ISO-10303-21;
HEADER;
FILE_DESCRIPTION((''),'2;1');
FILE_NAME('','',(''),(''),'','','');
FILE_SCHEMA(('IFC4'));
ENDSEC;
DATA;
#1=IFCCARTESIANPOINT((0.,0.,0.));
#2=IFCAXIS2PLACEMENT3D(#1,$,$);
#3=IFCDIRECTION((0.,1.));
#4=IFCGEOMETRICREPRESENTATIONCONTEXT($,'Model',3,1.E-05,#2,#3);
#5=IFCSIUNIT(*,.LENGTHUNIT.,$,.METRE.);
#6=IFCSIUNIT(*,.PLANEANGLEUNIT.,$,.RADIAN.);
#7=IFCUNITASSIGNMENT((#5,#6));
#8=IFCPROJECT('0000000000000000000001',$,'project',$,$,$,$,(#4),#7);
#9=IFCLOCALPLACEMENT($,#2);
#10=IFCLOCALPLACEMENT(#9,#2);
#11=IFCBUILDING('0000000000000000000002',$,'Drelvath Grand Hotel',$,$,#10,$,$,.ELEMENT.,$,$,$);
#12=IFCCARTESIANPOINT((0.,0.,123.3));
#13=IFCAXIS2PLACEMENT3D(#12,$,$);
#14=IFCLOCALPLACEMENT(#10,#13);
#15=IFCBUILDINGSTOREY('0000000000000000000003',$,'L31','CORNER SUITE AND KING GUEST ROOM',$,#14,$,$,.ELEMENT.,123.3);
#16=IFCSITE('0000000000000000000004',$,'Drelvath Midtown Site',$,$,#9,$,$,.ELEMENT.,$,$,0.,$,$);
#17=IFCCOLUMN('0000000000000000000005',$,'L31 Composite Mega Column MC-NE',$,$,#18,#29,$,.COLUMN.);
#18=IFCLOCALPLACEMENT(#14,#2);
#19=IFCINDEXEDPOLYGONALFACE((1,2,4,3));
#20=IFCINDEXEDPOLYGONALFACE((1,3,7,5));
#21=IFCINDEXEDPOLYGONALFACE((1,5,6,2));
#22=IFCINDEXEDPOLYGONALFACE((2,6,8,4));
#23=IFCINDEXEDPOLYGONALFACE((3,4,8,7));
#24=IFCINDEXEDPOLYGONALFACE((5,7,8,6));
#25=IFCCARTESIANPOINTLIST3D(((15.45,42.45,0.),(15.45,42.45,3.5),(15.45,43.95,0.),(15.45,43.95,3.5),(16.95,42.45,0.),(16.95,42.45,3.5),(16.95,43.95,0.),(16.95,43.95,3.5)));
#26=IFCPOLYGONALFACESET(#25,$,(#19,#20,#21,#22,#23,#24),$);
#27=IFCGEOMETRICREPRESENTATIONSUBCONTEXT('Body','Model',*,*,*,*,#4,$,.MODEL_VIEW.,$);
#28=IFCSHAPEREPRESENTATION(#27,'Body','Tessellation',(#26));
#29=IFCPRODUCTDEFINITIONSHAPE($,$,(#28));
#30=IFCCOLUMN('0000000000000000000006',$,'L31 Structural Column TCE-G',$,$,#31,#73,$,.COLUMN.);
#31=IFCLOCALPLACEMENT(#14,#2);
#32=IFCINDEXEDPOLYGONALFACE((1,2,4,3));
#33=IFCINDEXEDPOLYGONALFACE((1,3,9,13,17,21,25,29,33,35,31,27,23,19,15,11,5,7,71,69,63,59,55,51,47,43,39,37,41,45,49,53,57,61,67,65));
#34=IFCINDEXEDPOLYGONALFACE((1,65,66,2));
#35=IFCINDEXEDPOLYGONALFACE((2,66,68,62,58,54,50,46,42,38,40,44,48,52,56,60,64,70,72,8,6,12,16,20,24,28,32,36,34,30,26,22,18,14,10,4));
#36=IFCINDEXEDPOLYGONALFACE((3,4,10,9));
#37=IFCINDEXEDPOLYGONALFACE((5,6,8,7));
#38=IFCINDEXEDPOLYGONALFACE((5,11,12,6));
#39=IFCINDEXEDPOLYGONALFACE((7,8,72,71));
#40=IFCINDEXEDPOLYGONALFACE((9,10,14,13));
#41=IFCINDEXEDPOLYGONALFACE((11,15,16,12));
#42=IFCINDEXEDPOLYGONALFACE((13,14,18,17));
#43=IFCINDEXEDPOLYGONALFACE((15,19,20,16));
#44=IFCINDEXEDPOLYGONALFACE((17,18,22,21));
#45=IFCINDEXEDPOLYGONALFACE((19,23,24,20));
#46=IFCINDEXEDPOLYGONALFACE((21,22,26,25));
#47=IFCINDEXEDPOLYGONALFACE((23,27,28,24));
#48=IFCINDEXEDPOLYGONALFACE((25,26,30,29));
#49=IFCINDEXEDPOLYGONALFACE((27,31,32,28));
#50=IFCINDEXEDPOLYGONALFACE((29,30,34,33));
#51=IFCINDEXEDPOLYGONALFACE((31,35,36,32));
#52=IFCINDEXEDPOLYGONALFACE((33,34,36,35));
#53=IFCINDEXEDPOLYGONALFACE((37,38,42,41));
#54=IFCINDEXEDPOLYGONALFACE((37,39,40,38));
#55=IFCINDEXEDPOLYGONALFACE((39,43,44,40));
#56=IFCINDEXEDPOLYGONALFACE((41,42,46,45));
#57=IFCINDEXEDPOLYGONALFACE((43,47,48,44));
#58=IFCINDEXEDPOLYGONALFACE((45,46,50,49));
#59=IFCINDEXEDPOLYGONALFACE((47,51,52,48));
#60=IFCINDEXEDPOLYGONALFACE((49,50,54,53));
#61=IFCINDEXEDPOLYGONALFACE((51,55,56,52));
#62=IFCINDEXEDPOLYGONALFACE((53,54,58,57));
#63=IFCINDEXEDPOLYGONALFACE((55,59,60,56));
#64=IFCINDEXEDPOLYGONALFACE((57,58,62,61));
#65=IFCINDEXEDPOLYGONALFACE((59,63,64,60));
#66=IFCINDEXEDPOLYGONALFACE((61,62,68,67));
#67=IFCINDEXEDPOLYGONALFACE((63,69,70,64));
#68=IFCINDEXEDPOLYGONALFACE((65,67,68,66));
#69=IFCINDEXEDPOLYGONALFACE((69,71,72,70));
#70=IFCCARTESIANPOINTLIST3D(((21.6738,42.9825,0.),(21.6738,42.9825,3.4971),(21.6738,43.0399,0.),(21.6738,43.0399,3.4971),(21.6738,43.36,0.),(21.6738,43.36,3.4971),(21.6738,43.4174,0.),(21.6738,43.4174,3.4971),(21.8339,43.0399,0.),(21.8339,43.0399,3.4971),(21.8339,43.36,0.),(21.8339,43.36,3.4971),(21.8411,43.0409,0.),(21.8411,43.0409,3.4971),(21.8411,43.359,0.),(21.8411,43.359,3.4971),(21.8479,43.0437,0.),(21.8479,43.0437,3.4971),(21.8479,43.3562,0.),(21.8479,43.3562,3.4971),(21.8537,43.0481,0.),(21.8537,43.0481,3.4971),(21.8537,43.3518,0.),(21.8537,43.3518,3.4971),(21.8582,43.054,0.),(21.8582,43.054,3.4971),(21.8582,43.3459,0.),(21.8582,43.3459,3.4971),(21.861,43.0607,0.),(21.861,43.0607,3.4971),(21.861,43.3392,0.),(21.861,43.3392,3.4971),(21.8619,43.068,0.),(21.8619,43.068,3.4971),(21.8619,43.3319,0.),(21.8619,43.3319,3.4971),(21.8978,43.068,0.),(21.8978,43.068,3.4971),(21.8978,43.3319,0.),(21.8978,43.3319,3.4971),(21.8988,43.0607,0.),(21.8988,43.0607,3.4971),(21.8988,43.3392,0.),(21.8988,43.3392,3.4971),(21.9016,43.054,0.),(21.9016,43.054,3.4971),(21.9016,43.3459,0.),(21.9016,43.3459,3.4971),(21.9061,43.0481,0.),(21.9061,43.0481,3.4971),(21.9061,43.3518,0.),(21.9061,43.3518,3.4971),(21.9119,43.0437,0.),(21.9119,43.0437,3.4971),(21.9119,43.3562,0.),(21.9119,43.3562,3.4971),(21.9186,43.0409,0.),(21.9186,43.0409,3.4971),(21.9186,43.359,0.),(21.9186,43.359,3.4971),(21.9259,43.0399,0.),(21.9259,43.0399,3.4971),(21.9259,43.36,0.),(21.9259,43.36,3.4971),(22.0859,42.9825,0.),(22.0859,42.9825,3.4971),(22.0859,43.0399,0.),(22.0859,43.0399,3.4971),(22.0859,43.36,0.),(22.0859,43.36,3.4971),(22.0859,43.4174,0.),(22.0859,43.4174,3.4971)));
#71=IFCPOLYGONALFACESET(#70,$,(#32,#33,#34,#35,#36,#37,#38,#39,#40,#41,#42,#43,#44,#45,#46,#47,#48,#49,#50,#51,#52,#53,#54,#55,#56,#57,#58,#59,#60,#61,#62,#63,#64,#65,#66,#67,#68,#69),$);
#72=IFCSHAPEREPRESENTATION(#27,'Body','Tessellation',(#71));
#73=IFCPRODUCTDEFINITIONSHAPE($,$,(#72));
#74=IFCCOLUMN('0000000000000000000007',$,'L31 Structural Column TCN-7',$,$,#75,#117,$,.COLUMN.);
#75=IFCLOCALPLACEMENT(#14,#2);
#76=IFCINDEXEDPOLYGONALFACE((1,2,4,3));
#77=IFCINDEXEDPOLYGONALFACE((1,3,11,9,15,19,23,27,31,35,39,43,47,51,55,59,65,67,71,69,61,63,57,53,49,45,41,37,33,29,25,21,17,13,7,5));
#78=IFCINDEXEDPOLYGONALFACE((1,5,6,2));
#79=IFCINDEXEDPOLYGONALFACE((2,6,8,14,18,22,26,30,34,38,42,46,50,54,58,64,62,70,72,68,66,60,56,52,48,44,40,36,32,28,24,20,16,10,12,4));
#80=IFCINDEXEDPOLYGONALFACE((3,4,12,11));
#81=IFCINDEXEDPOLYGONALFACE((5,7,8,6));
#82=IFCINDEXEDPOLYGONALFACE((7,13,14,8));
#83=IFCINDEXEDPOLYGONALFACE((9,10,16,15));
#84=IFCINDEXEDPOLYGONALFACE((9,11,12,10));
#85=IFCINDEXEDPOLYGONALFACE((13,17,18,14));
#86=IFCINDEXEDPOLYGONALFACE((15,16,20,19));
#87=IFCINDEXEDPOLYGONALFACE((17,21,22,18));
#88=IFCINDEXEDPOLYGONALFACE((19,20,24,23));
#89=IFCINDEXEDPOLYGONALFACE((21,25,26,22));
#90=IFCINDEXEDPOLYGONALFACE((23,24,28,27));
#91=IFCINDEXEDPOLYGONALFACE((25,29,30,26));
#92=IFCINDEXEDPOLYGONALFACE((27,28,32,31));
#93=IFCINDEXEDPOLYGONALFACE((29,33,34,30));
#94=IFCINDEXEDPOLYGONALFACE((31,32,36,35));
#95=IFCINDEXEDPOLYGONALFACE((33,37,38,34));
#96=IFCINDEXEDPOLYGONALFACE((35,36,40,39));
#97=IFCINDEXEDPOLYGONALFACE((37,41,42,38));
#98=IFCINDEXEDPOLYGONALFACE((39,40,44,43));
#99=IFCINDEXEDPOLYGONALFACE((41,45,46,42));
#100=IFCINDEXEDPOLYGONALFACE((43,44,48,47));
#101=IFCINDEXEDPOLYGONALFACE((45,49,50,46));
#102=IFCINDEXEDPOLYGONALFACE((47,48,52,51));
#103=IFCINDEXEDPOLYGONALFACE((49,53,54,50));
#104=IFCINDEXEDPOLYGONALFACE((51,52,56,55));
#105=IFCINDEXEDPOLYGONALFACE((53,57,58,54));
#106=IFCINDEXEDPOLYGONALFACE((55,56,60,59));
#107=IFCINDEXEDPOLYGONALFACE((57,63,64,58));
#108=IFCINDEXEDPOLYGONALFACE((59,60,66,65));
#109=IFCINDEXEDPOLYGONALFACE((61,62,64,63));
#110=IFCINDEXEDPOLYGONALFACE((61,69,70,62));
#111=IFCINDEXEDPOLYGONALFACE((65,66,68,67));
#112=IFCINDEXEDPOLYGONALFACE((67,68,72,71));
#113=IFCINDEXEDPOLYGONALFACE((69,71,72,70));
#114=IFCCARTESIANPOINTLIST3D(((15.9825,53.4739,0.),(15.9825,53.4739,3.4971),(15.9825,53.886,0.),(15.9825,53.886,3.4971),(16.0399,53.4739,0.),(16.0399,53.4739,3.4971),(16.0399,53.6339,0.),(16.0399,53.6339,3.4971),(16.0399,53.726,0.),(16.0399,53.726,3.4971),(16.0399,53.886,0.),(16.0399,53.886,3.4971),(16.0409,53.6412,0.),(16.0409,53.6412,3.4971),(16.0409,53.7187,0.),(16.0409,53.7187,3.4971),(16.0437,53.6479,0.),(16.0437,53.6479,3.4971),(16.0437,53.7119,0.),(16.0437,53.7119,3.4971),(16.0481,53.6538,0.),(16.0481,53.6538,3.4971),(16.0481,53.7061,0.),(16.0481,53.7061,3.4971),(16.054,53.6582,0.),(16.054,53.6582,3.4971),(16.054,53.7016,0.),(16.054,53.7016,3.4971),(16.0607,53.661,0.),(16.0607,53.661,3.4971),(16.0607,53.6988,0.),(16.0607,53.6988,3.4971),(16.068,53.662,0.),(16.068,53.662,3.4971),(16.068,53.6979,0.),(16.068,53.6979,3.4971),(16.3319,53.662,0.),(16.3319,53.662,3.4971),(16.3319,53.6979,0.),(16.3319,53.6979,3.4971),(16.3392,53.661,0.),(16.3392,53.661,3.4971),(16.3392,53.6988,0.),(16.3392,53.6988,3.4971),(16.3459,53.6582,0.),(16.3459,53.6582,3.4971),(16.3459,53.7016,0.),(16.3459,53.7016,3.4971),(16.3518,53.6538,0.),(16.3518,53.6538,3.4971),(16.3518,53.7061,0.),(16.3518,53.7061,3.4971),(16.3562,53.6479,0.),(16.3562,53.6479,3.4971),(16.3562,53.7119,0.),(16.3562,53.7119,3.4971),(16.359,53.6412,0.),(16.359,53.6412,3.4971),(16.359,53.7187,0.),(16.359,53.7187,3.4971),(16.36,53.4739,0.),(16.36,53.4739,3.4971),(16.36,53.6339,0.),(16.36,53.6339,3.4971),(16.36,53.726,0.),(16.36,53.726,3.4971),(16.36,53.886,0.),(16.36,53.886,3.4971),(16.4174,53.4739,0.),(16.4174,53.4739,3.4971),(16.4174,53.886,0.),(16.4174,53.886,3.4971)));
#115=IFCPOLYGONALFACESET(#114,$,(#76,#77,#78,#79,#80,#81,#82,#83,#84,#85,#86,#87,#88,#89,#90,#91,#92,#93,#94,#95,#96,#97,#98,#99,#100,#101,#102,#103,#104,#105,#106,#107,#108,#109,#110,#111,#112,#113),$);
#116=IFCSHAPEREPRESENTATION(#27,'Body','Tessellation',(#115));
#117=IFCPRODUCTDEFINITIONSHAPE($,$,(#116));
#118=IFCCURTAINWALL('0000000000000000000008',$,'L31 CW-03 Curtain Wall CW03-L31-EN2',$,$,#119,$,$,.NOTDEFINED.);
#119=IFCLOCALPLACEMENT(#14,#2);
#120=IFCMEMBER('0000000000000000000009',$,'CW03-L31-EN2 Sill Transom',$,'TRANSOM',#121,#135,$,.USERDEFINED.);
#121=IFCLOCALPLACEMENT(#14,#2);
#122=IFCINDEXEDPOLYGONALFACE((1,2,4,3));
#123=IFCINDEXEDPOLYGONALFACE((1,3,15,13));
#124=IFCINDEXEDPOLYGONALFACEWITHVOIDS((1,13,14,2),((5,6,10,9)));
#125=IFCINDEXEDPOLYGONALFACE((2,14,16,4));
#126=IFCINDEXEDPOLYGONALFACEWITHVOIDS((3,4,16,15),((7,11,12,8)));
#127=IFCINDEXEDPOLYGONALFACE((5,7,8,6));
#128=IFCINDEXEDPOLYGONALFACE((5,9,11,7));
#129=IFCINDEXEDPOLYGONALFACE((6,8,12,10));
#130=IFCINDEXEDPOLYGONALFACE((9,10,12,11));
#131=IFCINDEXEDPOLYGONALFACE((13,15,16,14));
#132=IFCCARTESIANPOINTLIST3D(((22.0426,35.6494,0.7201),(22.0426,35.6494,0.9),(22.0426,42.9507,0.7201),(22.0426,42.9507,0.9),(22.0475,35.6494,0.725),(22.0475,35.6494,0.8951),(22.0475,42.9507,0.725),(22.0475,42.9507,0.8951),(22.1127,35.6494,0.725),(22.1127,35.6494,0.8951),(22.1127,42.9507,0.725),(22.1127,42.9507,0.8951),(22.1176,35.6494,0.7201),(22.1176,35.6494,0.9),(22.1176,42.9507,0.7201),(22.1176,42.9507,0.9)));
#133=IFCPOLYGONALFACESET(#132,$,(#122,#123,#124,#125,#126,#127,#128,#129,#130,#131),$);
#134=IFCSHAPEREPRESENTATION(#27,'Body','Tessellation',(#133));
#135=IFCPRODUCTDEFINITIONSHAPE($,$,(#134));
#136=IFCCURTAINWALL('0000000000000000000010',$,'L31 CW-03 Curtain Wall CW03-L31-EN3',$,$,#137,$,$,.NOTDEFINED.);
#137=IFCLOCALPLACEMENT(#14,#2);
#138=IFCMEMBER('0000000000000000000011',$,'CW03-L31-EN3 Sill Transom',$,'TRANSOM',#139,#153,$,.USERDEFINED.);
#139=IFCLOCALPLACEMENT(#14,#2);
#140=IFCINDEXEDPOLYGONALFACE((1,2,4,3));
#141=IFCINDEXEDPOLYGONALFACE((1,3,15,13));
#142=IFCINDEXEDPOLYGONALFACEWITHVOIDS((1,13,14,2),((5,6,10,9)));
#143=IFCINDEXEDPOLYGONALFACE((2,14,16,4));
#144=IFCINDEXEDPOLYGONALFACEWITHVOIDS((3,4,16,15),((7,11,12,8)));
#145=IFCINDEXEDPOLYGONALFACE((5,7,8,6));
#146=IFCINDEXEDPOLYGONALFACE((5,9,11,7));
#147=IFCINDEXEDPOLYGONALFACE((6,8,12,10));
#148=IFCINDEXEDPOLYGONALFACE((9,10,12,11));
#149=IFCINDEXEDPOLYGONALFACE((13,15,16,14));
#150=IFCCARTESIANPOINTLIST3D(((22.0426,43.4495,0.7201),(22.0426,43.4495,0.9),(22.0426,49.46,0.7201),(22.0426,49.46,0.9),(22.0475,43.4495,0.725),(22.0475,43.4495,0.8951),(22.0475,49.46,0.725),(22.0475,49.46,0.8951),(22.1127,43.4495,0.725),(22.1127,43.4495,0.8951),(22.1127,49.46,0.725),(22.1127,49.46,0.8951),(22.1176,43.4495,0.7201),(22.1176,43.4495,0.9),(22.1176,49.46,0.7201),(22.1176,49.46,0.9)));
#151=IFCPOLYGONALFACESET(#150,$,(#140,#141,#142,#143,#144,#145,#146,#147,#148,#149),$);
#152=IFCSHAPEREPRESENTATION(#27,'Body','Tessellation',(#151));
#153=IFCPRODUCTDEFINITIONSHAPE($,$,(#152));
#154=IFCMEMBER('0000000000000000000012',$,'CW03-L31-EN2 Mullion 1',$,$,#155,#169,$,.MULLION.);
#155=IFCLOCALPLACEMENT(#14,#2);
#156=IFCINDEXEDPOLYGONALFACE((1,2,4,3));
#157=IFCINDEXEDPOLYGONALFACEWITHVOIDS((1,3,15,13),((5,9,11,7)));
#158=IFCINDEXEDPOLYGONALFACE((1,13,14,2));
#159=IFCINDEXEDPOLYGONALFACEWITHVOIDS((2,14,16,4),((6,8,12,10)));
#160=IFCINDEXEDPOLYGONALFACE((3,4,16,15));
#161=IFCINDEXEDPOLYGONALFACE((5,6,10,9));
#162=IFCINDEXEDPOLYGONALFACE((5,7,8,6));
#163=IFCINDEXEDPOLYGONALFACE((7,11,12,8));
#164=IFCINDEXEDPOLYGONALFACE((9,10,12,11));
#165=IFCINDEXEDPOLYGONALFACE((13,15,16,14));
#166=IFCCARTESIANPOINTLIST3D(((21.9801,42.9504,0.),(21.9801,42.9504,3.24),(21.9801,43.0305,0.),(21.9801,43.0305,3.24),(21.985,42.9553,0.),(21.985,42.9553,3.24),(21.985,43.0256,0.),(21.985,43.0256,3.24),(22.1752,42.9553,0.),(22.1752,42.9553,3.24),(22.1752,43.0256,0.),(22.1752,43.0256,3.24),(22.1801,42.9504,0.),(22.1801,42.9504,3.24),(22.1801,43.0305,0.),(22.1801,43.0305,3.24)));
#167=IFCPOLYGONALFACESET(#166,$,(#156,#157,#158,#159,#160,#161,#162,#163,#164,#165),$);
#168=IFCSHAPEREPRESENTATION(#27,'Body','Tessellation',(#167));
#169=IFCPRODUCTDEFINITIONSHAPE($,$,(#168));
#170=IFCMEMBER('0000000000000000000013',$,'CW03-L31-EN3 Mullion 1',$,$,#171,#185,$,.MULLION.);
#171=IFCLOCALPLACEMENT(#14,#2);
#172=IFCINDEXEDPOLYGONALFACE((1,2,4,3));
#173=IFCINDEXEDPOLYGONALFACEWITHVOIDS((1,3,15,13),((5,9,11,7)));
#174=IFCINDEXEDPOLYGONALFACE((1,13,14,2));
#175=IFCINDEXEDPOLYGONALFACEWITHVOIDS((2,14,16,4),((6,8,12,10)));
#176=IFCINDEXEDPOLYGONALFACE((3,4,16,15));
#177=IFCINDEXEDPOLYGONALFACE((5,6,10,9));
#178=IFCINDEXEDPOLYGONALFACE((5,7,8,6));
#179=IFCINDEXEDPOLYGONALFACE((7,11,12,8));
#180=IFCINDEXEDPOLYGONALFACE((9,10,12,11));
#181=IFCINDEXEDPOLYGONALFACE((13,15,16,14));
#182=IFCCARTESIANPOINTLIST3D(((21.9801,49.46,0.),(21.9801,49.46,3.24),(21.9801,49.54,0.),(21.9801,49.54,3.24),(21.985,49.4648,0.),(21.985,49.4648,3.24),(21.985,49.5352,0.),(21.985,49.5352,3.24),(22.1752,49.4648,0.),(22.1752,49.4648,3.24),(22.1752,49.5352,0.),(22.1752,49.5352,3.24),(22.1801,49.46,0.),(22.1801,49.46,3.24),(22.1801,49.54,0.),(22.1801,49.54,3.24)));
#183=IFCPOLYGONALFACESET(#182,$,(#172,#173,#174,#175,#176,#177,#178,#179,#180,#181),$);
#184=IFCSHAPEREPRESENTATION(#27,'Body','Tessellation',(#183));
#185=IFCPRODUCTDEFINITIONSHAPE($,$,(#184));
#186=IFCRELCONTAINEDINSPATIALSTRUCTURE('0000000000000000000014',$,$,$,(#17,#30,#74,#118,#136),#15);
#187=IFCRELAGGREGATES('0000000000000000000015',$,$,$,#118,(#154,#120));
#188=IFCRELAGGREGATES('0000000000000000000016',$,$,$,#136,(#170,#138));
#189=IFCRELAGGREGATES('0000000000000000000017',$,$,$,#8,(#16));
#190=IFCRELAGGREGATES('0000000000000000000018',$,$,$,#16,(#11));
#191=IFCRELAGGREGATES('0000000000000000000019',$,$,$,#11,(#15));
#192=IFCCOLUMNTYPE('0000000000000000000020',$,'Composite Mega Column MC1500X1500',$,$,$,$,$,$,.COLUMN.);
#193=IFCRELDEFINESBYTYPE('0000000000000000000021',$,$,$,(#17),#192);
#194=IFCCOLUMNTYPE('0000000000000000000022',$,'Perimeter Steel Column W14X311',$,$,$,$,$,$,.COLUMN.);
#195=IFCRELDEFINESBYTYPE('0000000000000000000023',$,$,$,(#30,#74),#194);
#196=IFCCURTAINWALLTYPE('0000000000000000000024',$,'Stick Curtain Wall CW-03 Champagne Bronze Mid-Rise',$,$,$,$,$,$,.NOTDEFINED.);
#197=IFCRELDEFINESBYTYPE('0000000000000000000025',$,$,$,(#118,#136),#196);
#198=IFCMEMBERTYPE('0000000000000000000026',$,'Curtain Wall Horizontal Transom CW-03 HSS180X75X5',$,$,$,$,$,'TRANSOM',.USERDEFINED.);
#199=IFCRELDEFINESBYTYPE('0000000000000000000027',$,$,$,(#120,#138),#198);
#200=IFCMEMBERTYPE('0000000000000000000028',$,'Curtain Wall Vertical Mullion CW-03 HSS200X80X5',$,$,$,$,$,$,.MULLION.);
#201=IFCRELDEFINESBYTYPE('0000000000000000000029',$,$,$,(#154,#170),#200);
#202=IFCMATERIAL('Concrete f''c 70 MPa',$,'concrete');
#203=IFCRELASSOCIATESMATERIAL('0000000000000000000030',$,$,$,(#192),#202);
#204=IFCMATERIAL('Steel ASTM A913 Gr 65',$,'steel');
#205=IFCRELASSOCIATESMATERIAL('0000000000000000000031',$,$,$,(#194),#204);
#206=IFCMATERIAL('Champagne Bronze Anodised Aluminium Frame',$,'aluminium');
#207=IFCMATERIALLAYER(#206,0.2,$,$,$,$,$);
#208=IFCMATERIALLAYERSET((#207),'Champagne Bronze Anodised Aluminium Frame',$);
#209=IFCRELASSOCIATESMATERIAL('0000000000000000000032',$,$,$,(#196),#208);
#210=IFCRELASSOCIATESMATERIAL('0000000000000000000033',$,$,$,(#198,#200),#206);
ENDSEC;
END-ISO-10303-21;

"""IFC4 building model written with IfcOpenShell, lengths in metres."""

from ifc_helpers import new_model, si_unit, direction, frame, origin, origin_2d, place, context, subcontext, project, spatial, rectangle, hollow_rectangle, i_section, extrude, material, layer, layer_set, material_profile, profile_set, type_object, element, aggregate, save


model = new_model("IFC4")

# Units and contexts
model_context = context("Model", 3, precision=1e-05, world=origin(), true_north=direction((0.0, 1.0)))
body_context = subcontext(model_context, "Body", "Model", "MODEL_VIEW")
ifc_project = project(units=[si_unit("LENGTHUNIT", "METRE"), si_unit("PLANEANGLEUNIT", "RADIAN")], contexts=[model_context])

# Site, building, storey
site_placement = place(None, origin())
site = spatial("IfcSite", under=ifc_project, at=site_placement, Name="Drelvath Midtown Site", CompositionType="ELEMENT", RefElevation=0.0)
building_placement = place(site_placement, origin())
building = spatial("IfcBuilding", under=site, at=building_placement, Name="Drelvath Grand Hotel", CompositionType="ELEMENT")
storey_placement = place(building_placement, frame((0.0, 0.0, 123.3)))
storey = spatial("IfcBuildingStorey", under=building, at=storey_placement, Name="L31", Description="CORNER SUITE AND KING GUEST ROOM", CompositionType="ELEMENT", Elevation=123.3)

# Columns
ifc_material_1 = material(Name="Concrete f'c 70 MPa", Category="concrete")
ifc_material_profile_1 = material_profile(ifc_material_1, rectangle(XDim=1.5, YDim=1.5, at=origin_2d()), Name="MC1500X1500")
ifc_profile_set_1 = profile_set([ifc_material_profile_1], Name="Concrete f'c 70 MPa")
column_type_1 = type_object("IfcColumnType", Name="Composite Mega Column MC1500X1500", PredefinedType="COLUMN", material=ifc_profile_set_1)
column_placement = place(storey_placement, frame((16.2, 43.2, 0.0), z_axis=(0.0, 0.0, 1.0), x_axis=(1.0, 0.0, 0.0)))
element("IfcColumn", 1, at=column_placement, inside=storey, type_object=column_type_1, Name="L31 Composite Mega Column MC-NE", PredefinedType="COLUMN", context=body_context, shape_type="SweptSolid", body=[
    extrude(rectangle(XDim=1.5, YDim=1.5, at=origin_2d()), origin(), (0.0, 0.0, 1.0), 3.5),
])
ifc_material_2 = material(Name="Steel ASTM A913 Gr 65", Category="steel")
ifc_material_profile_2 = material_profile(ifc_material_2, i_section(OverallWidth=0.4121, OverallDepth=0.4348, WebThickness=0.0359, FlangeThickness=0.0574, FilletRadius=0.0281, at=origin_2d()), Name="W14X311")
ifc_profile_set_2 = profile_set([ifc_material_profile_2], Name="Steel ASTM A913 Gr 65")
column_type_2 = type_object("IfcColumnType", Name="Perimeter Steel Column W14X311", PredefinedType="COLUMN", material=ifc_profile_set_2)
for number, where, z_axis, x_axis, name in (
    (2, (21.8799, 43.2, 0.0), (0.0, 0.0, 1.0), (1.0, 0.0, 0.0), "L31 Structural Column TCE-G"),
    (3, (16.2, 53.6799, 0.0), (0.0, 0.0, 1.0), (0.0, 1.0, 0.0), "L31 Structural Column TCN-7"),
):
    element("IfcColumn", number, at=place(storey_placement, frame(where, z_axis=z_axis, x_axis=x_axis)), inside=storey, type_object=column_type_2, Name=name, PredefinedType="COLUMN", context=body_context, shape_type="SweptSolid", body=[
        extrude(i_section(OverallWidth=0.4121, OverallDepth=0.4348, WebThickness=0.0359, FlangeThickness=0.0574, FilletRadius=0.0281, at=origin_2d()), origin(), (0.0, 0.0, 1.0), 3.4971),
    ])

# Curtain walls, members
ifc_material_3 = material(Name="Champagne Bronze Anodised Aluminium Frame", Category="aluminium")
ifc_layer_1 = layer(ifc_material_3, 0.2)
ifc_layer_set_1 = layer_set([ifc_layer_1], Name="Champagne Bronze Anodised Aluminium Frame")
curtain_wall_type = type_object("IfcCurtainWallType", Name="Stick Curtain Wall CW-03 Champagne Bronze Mid-Rise", PredefinedType="NOTDEFINED", material=ifc_layer_set_1)
curtain_wall_1_placement = place(storey_placement, origin())
curtain_wall_1 = element("IfcCurtainWall", 4, at=curtain_wall_1_placement, inside=storey, type_object=curtain_wall_type, Name="L31 CW-03 Curtain Wall CW03-L31-EN2", PredefinedType="NOTDEFINED")
ifc_material_profile_3 = material_profile(ifc_material_3, hollow_rectangle(XDim=0.075, YDim=0.1799, WallThickness=0.0049, at=origin_2d()), Name="HSS180X75X5")
ifc_profile_set_3 = profile_set([ifc_material_profile_3], Name="Champagne Bronze Anodised Aluminium Frame")
member_type_1 = type_object("IfcMemberType", Name="Curtain Wall Horizontal Transom CW-03 HSS180X75X5", ElementType="TRANSOM", PredefinedType="USERDEFINED", material=ifc_profile_set_3)
member_1_placement = place(storey_placement, frame((22.0801, 42.9507, 0.8101), z_axis=(0.0, -1.0, 0.0), x_axis=(1.0, 0.0, 0.0)))
member_1 = element("IfcMember", 5, at=member_1_placement, type_object=member_type_1, Name="CW03-L31-EN2 Sill Transom", ObjectType="TRANSOM", PredefinedType="USERDEFINED", context=body_context, shape_type="SweptSolid", body=[
    extrude(hollow_rectangle(XDim=0.075, YDim=0.1799, WallThickness=0.0049, at=origin_2d()), origin(), (0.0, 0.0, 1.0), 7.3013),
])
curtain_wall_2_placement = place(storey_placement, origin())
curtain_wall_2 = element("IfcCurtainWall", 6, at=curtain_wall_2_placement, inside=storey, type_object=curtain_wall_type, Name="L31 CW-03 Curtain Wall CW03-L31-EN3", PredefinedType="NOTDEFINED")
member_2_placement = place(storey_placement, frame((22.0801, 49.46, 0.8101), z_axis=(0.0, -1.0, 0.0), x_axis=(1.0, 0.0, 0.0)))
member_2 = element("IfcMember", 7, at=member_2_placement, type_object=member_type_1, Name="CW03-L31-EN3 Sill Transom", ObjectType="TRANSOM", PredefinedType="USERDEFINED", context=body_context, shape_type="SweptSolid", body=[
    extrude(hollow_rectangle(XDim=0.075, YDim=0.1799, WallThickness=0.0049, at=origin_2d()), origin(), (0.0, 0.0, 1.0), 6.0105),
])

# Members
ifc_material_profile_4 = material_profile(ifc_material_3, hollow_rectangle(XDim=0.0801, YDim=0.2, WallThickness=0.0049, at=origin_2d()), Name="HSS200X80X5")
ifc_profile_set_4 = profile_set([ifc_material_profile_4], Name="Champagne Bronze Anodised Aluminium Frame")
member_type_2 = type_object("IfcMemberType", Name="Curtain Wall Vertical Mullion CW-03 HSS200X80X5", PredefinedType="MULLION", material=ifc_profile_set_4)
member_3_placement = place(storey_placement, frame((22.0801, 42.9905, 0.0), z_axis=(0.0, 0.0, 1.0), x_axis=(0.0, 1.0, 0.0)))
member_3 = element("IfcMember", 8, at=member_3_placement, type_object=member_type_2, Name="CW03-L31-EN2 Mullion 1", PredefinedType="MULLION", context=body_context, shape_type="SweptSolid", body=[
    extrude(hollow_rectangle(XDim=0.0801, YDim=0.2, WallThickness=0.0049, at=origin_2d()), origin(), (0.0, 0.0, 1.0), 3.24),
])
member_4_placement = place(storey_placement, frame((22.0801, 49.5, 0.0), z_axis=(0.0, 0.0, 1.0), x_axis=(0.0, 1.0, 0.0)))
member_4 = element("IfcMember", 9, at=member_4_placement, type_object=member_type_2, Name="CW03-L31-EN3 Mullion 1", PredefinedType="MULLION", context=body_context, shape_type="SweptSolid", body=[
    extrude(hollow_rectangle(XDim=0.0801, YDim=0.2, WallThickness=0.0049, at=origin_2d()), origin(), (0.0, 0.0, 1.0), 3.24),
])

aggregate(curtain_wall_1, [member_3, member_1])
aggregate(curtain_wall_2, [member_4, member_2])

save(model, "model.ifc")
